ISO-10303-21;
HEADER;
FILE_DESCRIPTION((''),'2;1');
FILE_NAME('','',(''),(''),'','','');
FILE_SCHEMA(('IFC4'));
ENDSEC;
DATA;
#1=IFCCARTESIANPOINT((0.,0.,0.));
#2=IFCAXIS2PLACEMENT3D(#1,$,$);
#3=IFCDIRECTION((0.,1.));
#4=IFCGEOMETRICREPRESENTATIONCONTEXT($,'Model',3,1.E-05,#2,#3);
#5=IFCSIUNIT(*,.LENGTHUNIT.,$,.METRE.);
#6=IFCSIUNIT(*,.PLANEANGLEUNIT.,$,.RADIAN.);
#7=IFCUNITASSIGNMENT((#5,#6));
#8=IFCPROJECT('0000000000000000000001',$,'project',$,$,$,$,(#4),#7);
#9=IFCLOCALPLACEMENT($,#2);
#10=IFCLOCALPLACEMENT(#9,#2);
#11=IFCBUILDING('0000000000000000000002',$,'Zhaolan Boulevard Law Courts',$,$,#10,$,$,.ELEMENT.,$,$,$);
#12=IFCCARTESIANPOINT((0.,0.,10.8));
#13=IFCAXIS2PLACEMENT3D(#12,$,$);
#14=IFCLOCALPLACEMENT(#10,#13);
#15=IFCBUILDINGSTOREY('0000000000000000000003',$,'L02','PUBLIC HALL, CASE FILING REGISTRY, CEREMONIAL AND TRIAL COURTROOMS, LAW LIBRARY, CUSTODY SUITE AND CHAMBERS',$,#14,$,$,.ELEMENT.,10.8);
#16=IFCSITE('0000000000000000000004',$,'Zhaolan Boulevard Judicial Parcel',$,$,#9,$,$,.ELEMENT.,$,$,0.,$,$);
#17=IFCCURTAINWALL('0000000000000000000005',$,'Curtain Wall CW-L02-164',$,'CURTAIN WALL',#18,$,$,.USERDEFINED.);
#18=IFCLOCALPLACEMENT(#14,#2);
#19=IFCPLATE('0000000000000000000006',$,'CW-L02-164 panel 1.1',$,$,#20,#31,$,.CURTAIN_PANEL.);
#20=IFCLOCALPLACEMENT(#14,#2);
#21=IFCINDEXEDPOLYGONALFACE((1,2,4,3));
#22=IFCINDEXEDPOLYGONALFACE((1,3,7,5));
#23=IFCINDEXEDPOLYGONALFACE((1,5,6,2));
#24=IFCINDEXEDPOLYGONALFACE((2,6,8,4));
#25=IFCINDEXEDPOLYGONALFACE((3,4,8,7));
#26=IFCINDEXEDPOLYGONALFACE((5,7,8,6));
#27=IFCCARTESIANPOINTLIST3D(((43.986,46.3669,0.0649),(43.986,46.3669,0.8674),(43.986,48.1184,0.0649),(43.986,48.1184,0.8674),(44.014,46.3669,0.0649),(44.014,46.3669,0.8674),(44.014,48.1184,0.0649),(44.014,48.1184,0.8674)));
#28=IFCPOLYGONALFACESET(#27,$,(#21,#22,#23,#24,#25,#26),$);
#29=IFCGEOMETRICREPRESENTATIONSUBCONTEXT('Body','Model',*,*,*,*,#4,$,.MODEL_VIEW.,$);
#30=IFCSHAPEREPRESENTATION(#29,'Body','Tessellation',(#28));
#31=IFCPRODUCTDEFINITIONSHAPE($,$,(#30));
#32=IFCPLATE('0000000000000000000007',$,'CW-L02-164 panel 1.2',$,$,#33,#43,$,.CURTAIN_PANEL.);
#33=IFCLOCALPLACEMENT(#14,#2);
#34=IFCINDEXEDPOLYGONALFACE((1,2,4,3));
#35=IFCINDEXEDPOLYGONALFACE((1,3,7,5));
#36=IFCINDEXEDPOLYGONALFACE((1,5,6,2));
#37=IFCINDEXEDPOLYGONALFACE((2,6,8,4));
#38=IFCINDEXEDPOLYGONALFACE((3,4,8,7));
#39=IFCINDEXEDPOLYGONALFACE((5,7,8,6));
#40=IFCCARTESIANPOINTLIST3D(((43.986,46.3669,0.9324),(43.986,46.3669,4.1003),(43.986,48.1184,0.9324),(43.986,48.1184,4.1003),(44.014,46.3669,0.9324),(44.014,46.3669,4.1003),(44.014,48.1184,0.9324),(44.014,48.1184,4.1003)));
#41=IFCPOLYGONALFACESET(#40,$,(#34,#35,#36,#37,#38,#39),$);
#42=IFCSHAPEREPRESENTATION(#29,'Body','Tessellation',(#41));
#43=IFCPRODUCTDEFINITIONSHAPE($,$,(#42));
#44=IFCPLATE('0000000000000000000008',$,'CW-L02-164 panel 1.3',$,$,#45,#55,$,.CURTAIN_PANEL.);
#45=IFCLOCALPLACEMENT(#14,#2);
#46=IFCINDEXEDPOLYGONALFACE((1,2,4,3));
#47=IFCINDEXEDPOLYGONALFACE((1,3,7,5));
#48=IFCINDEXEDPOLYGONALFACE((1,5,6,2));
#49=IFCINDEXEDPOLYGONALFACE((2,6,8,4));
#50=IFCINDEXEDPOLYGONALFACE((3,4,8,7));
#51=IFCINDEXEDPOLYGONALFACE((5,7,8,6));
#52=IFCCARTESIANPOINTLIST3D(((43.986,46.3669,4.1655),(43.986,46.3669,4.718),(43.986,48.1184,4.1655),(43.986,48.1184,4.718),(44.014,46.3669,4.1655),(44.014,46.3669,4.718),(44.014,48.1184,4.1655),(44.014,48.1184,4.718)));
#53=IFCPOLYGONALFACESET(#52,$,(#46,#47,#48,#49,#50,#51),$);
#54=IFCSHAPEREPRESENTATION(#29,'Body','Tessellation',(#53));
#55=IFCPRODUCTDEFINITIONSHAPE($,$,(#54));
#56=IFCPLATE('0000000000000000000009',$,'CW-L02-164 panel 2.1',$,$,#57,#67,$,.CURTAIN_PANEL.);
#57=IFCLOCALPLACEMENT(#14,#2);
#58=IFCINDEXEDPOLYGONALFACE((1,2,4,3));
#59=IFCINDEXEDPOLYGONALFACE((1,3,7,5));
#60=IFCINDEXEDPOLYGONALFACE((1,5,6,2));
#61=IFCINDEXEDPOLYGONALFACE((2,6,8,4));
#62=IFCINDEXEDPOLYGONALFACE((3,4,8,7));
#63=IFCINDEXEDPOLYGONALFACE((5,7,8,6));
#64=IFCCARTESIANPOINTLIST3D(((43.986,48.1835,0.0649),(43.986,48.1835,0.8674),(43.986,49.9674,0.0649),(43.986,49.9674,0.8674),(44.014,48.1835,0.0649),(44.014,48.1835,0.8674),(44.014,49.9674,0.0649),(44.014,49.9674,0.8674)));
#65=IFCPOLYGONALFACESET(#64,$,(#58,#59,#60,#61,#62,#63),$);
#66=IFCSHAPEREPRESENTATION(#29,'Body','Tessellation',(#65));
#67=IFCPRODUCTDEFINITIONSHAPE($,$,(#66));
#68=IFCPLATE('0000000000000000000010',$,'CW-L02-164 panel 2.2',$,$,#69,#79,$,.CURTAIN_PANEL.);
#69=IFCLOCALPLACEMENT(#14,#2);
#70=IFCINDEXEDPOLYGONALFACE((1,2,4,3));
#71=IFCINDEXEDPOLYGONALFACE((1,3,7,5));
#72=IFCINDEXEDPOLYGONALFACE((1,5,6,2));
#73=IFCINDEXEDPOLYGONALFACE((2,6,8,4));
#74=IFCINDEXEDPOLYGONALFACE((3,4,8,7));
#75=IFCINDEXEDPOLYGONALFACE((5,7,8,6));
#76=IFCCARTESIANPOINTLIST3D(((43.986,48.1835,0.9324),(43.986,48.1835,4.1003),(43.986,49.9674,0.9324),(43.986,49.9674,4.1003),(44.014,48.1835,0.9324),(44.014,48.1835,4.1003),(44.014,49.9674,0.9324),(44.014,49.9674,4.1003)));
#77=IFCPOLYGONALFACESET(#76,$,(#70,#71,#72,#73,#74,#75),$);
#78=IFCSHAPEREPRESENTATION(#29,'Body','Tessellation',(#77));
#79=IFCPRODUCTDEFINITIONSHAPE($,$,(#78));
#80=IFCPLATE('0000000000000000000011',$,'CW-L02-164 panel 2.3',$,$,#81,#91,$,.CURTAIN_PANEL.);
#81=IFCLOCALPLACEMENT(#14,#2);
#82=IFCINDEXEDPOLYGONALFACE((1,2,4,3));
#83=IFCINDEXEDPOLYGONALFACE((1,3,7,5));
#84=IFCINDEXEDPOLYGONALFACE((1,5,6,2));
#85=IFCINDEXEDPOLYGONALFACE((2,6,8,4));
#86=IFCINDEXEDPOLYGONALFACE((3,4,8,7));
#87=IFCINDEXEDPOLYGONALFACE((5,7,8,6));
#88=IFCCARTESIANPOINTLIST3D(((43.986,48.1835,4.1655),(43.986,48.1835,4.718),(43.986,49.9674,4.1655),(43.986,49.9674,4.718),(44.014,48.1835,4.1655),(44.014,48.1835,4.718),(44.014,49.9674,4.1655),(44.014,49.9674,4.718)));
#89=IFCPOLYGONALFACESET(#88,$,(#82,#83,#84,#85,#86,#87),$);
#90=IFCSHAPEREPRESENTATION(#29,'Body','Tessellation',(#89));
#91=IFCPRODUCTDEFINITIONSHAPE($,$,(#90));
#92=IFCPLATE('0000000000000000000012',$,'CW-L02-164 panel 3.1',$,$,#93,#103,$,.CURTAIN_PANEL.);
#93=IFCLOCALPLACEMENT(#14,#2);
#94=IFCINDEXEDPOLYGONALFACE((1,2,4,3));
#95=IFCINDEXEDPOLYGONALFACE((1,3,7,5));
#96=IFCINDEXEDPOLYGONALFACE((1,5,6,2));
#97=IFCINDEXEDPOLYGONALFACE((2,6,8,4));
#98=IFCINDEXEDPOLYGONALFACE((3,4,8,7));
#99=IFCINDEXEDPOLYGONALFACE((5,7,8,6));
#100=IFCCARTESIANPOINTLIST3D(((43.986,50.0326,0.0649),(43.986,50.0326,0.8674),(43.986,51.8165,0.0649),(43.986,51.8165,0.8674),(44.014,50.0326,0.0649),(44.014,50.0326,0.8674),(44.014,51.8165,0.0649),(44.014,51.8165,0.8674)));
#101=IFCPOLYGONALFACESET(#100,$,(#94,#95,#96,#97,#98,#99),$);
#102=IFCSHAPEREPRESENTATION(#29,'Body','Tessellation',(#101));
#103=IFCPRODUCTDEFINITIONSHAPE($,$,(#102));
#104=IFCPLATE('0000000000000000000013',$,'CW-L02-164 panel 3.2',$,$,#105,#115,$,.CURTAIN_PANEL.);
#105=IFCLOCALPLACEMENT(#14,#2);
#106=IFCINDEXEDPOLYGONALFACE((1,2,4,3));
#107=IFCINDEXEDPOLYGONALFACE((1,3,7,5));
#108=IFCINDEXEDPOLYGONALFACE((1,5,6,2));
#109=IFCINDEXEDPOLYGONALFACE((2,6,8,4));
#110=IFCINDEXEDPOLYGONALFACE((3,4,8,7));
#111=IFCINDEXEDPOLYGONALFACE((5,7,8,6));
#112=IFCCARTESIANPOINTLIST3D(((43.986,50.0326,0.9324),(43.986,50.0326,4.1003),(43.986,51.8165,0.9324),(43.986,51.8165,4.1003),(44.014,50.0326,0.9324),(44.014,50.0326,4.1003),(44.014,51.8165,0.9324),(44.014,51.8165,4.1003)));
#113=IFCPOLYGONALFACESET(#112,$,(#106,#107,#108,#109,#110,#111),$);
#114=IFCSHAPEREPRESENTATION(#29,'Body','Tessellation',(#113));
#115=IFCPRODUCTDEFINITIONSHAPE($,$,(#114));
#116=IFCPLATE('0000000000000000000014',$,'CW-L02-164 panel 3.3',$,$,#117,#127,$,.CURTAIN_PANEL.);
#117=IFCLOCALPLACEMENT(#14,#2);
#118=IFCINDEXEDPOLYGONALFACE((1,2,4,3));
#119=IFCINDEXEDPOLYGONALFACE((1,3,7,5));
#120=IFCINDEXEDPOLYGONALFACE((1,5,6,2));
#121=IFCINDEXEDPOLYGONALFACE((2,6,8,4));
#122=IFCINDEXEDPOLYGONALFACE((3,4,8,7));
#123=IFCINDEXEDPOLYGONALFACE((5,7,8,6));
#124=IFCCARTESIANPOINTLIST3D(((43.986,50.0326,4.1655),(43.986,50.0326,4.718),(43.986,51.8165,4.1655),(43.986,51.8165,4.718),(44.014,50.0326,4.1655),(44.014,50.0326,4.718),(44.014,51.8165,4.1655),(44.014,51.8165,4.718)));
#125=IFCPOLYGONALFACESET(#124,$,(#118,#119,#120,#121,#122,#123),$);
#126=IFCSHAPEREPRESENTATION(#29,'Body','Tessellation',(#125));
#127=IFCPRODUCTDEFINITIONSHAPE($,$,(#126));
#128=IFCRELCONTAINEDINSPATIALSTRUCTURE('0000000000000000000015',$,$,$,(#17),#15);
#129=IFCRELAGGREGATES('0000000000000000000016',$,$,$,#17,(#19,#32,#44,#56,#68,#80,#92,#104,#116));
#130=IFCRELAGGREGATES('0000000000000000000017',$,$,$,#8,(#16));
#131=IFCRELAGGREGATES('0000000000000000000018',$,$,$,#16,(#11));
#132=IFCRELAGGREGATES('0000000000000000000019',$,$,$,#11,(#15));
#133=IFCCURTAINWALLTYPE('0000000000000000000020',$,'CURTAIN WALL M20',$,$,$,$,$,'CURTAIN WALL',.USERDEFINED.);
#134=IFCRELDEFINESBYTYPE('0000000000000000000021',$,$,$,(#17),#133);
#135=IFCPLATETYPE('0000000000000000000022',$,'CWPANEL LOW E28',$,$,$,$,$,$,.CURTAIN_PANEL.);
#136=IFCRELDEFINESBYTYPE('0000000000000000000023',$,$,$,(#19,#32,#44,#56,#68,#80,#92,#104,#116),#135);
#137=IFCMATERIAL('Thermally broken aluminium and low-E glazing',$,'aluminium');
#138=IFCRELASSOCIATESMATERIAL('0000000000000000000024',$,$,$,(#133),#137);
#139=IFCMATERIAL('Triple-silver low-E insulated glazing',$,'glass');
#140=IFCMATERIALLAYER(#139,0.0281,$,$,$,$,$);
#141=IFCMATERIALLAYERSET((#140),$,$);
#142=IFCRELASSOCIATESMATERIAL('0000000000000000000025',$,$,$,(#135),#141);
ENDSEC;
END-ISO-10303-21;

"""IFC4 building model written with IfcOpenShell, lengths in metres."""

from ifc_helpers import new_model, si_unit, direction, frame, origin, origin_2d, place, context, subcontext, project, spatial, rectangle, extrude, material, layer, layer_set, type_object, element, aggregate, save


model = new_model("IFC4")

# Units and contexts
model_context = context("Model", 3, precision=1e-05, world=origin(), true_north=direction((0.0, 1.0)))
body_context = subcontext(model_context, "Body", "Model", "MODEL_VIEW")
ifc_project = project(units=[si_unit("LENGTHUNIT", "METRE"), si_unit("PLANEANGLEUNIT", "RADIAN")], contexts=[model_context])

# Site, building, storey
site_placement = place(None, origin())
site = spatial("IfcSite", under=ifc_project, at=site_placement, Name="Zhaolan Boulevard Judicial Parcel", CompositionType="ELEMENT", RefElevation=0.0)
building_placement = place(site_placement, origin())
building = spatial("IfcBuilding", under=site, at=building_placement, Name="Zhaolan Boulevard Law Courts", CompositionType="ELEMENT")
storey_placement = place(building_placement, frame((0.0, 0.0, 10.8)))
storey = spatial("IfcBuildingStorey", under=building, at=storey_placement, Name="L02", Description="PUBLIC HALL, CASE FILING REGISTRY, CEREMONIAL AND TRIAL COURTROOMS, LAW LIBRARY, CUSTODY SUITE AND CHAMBERS", CompositionType="ELEMENT", Elevation=10.8)

# Curtain wall, plates
ifc_material_1 = material(Name="Thermally broken aluminium and low-E glazing", Category="aluminium")
curtain_wall_type = type_object("IfcCurtainWallType", Name="CURTAIN WALL M20", ElementType="CURTAIN WALL", PredefinedType="USERDEFINED", material=ifc_material_1)
curtain_wall_placement = place(storey_placement, origin())
curtain_wall = element("IfcCurtainWall", 1, at=curtain_wall_placement, inside=storey, type_object=curtain_wall_type, Name="Curtain Wall CW-L02-164", ObjectType="CURTAIN WALL", PredefinedType="USERDEFINED")
ifc_material_2 = material(Name="Triple-silver low-E insulated glazing", Category="glass")
ifc_layer = layer(ifc_material_2, 0.0281)
ifc_layer_set = layer_set([ifc_layer])
plate_type = type_object("IfcPlateType", Name="CWPANEL LOW E28", PredefinedType="CURTAIN_PANEL", material=ifc_layer_set)
plate_1_placement = place(storey_placement, frame((44.0, 47.2427, 0.0649), z_axis=(0.0, 0.0, 1.0), x_axis=(0.0, 1.0, 0.0)))
plate_1 = element("IfcPlate", 2, at=plate_1_placement, type_object=plate_type, Name="CW-L02-164 panel 1.1", PredefinedType="CURTAIN_PANEL", context=body_context, shape_type="SweptSolid", body=[
    extrude(rectangle(XDim=1.7515, YDim=0.0281, at=origin_2d()), origin(), (0.0, 0.0, 1.0), 0.8025),
])
plate_2_placement = place(storey_placement, frame((44.0, 47.2427, 0.9324), z_axis=(0.0, 0.0, 1.0), x_axis=(0.0, 1.0, 0.0)))
plate_2 = element("IfcPlate", 3, at=plate_2_placement, type_object=plate_type, Name="CW-L02-164 panel 1.2", PredefinedType="CURTAIN_PANEL", context=body_context, shape_type="SweptSolid", body=[
    extrude(rectangle(XDim=1.7515, YDim=0.0281, at=origin_2d()), origin(), (0.0, 0.0, 1.0), 3.168),
])
plate_3_placement = place(storey_placement, frame((44.0, 47.2427, 4.1655), z_axis=(0.0, 0.0, 1.0), x_axis=(0.0, 1.0, 0.0)))
plate_3 = element("IfcPlate", 4, at=plate_3_placement, type_object=plate_type, Name="CW-L02-164 panel 1.3", PredefinedType="CURTAIN_PANEL", context=body_context, shape_type="SweptSolid", body=[
    extrude(rectangle(XDim=1.7515, YDim=0.0281, at=origin_2d()), origin(), (0.0, 0.0, 1.0), 0.5525),
])
plate_4_placement = place(storey_placement, frame((44.0, 49.0754, 0.0649), z_axis=(0.0, 0.0, 1.0), x_axis=(0.0, 1.0, 0.0)))
plate_4 = element("IfcPlate", 5, at=plate_4_placement, type_object=plate_type, Name="CW-L02-164 panel 2.1", PredefinedType="CURTAIN_PANEL", context=body_context, shape_type="SweptSolid", body=[
    extrude(rectangle(XDim=1.7839, YDim=0.0281, at=origin_2d()), origin(), (0.0, 0.0, 1.0), 0.8025),
])
plate_5_placement = place(storey_placement, frame((44.0, 49.0754, 0.9324), z_axis=(0.0, 0.0, 1.0), x_axis=(0.0, 1.0, 0.0)))
plate_5 = element("IfcPlate", 6, at=plate_5_placement, type_object=plate_type, Name="CW-L02-164 panel 2.2", PredefinedType="CURTAIN_PANEL", context=body_context, shape_type="SweptSolid", body=[
    extrude(rectangle(XDim=1.7839, YDim=0.0281, at=origin_2d()), origin(), (0.0, 0.0, 1.0), 3.168),
])
plate_6_placement = place(storey_placement, frame((44.0, 49.0754, 4.1655), z_axis=(0.0, 0.0, 1.0), x_axis=(0.0, 1.0, 0.0)))
plate_6 = element("IfcPlate", 7, at=plate_6_placement, type_object=plate_type, Name="CW-L02-164 panel 2.3", PredefinedType="CURTAIN_PANEL", context=body_context, shape_type="SweptSolid", body=[
    extrude(rectangle(XDim=1.7839, YDim=0.0281, at=origin_2d()), origin(), (0.0, 0.0, 1.0), 0.5525),
])
plate_7_placement = place(storey_placement, frame((44.0, 50.9246, 0.0649), z_axis=(0.0, 0.0, 1.0), x_axis=(0.0, 1.0, 0.0)))
plate_7 = element("IfcPlate", 8, at=plate_7_placement, type_object=plate_type, Name="CW-L02-164 panel 3.1", PredefinedType="CURTAIN_PANEL", context=body_context, shape_type="SweptSolid", body=[
    extrude(rectangle(XDim=1.7839, YDim=0.0281, at=origin_2d()), origin(), (0.0, 0.0, 1.0), 0.8025),
])
plate_8_placement = place(storey_placement, frame((44.0, 50.9246, 0.9324), z_axis=(0.0, 0.0, 1.0), x_axis=(0.0, 1.0, 0.0)))
plate_8 = element("IfcPlate", 9, at=plate_8_placement, type_object=plate_type, Name="CW-L02-164 panel 3.2", PredefinedType="CURTAIN_PANEL", context=body_context, shape_type="SweptSolid", body=[
    extrude(rectangle(XDim=1.7839, YDim=0.0281, at=origin_2d()), origin(), (0.0, 0.0, 1.0), 3.168),
])
plate_9_placement = place(storey_placement, frame((44.0, 50.9246, 4.1655), z_axis=(0.0, 0.0, 1.0), x_axis=(0.0, 1.0, 0.0)))
plate_9 = element("IfcPlate", 10, at=plate_9_placement, type_object=plate_type, Name="CW-L02-164 panel 3.3", PredefinedType="CURTAIN_PANEL", context=body_context, shape_type="SweptSolid", body=[
    extrude(rectangle(XDim=1.7839, YDim=0.0281, at=origin_2d()), origin(), (0.0, 0.0, 1.0), 0.5525),
])
aggregate(curtain_wall, [plate_1, plate_2, plate_3, plate_4, plate_5, plate_6, plate_7, plate_8, plate_9])

save(model, "model.ifc")
